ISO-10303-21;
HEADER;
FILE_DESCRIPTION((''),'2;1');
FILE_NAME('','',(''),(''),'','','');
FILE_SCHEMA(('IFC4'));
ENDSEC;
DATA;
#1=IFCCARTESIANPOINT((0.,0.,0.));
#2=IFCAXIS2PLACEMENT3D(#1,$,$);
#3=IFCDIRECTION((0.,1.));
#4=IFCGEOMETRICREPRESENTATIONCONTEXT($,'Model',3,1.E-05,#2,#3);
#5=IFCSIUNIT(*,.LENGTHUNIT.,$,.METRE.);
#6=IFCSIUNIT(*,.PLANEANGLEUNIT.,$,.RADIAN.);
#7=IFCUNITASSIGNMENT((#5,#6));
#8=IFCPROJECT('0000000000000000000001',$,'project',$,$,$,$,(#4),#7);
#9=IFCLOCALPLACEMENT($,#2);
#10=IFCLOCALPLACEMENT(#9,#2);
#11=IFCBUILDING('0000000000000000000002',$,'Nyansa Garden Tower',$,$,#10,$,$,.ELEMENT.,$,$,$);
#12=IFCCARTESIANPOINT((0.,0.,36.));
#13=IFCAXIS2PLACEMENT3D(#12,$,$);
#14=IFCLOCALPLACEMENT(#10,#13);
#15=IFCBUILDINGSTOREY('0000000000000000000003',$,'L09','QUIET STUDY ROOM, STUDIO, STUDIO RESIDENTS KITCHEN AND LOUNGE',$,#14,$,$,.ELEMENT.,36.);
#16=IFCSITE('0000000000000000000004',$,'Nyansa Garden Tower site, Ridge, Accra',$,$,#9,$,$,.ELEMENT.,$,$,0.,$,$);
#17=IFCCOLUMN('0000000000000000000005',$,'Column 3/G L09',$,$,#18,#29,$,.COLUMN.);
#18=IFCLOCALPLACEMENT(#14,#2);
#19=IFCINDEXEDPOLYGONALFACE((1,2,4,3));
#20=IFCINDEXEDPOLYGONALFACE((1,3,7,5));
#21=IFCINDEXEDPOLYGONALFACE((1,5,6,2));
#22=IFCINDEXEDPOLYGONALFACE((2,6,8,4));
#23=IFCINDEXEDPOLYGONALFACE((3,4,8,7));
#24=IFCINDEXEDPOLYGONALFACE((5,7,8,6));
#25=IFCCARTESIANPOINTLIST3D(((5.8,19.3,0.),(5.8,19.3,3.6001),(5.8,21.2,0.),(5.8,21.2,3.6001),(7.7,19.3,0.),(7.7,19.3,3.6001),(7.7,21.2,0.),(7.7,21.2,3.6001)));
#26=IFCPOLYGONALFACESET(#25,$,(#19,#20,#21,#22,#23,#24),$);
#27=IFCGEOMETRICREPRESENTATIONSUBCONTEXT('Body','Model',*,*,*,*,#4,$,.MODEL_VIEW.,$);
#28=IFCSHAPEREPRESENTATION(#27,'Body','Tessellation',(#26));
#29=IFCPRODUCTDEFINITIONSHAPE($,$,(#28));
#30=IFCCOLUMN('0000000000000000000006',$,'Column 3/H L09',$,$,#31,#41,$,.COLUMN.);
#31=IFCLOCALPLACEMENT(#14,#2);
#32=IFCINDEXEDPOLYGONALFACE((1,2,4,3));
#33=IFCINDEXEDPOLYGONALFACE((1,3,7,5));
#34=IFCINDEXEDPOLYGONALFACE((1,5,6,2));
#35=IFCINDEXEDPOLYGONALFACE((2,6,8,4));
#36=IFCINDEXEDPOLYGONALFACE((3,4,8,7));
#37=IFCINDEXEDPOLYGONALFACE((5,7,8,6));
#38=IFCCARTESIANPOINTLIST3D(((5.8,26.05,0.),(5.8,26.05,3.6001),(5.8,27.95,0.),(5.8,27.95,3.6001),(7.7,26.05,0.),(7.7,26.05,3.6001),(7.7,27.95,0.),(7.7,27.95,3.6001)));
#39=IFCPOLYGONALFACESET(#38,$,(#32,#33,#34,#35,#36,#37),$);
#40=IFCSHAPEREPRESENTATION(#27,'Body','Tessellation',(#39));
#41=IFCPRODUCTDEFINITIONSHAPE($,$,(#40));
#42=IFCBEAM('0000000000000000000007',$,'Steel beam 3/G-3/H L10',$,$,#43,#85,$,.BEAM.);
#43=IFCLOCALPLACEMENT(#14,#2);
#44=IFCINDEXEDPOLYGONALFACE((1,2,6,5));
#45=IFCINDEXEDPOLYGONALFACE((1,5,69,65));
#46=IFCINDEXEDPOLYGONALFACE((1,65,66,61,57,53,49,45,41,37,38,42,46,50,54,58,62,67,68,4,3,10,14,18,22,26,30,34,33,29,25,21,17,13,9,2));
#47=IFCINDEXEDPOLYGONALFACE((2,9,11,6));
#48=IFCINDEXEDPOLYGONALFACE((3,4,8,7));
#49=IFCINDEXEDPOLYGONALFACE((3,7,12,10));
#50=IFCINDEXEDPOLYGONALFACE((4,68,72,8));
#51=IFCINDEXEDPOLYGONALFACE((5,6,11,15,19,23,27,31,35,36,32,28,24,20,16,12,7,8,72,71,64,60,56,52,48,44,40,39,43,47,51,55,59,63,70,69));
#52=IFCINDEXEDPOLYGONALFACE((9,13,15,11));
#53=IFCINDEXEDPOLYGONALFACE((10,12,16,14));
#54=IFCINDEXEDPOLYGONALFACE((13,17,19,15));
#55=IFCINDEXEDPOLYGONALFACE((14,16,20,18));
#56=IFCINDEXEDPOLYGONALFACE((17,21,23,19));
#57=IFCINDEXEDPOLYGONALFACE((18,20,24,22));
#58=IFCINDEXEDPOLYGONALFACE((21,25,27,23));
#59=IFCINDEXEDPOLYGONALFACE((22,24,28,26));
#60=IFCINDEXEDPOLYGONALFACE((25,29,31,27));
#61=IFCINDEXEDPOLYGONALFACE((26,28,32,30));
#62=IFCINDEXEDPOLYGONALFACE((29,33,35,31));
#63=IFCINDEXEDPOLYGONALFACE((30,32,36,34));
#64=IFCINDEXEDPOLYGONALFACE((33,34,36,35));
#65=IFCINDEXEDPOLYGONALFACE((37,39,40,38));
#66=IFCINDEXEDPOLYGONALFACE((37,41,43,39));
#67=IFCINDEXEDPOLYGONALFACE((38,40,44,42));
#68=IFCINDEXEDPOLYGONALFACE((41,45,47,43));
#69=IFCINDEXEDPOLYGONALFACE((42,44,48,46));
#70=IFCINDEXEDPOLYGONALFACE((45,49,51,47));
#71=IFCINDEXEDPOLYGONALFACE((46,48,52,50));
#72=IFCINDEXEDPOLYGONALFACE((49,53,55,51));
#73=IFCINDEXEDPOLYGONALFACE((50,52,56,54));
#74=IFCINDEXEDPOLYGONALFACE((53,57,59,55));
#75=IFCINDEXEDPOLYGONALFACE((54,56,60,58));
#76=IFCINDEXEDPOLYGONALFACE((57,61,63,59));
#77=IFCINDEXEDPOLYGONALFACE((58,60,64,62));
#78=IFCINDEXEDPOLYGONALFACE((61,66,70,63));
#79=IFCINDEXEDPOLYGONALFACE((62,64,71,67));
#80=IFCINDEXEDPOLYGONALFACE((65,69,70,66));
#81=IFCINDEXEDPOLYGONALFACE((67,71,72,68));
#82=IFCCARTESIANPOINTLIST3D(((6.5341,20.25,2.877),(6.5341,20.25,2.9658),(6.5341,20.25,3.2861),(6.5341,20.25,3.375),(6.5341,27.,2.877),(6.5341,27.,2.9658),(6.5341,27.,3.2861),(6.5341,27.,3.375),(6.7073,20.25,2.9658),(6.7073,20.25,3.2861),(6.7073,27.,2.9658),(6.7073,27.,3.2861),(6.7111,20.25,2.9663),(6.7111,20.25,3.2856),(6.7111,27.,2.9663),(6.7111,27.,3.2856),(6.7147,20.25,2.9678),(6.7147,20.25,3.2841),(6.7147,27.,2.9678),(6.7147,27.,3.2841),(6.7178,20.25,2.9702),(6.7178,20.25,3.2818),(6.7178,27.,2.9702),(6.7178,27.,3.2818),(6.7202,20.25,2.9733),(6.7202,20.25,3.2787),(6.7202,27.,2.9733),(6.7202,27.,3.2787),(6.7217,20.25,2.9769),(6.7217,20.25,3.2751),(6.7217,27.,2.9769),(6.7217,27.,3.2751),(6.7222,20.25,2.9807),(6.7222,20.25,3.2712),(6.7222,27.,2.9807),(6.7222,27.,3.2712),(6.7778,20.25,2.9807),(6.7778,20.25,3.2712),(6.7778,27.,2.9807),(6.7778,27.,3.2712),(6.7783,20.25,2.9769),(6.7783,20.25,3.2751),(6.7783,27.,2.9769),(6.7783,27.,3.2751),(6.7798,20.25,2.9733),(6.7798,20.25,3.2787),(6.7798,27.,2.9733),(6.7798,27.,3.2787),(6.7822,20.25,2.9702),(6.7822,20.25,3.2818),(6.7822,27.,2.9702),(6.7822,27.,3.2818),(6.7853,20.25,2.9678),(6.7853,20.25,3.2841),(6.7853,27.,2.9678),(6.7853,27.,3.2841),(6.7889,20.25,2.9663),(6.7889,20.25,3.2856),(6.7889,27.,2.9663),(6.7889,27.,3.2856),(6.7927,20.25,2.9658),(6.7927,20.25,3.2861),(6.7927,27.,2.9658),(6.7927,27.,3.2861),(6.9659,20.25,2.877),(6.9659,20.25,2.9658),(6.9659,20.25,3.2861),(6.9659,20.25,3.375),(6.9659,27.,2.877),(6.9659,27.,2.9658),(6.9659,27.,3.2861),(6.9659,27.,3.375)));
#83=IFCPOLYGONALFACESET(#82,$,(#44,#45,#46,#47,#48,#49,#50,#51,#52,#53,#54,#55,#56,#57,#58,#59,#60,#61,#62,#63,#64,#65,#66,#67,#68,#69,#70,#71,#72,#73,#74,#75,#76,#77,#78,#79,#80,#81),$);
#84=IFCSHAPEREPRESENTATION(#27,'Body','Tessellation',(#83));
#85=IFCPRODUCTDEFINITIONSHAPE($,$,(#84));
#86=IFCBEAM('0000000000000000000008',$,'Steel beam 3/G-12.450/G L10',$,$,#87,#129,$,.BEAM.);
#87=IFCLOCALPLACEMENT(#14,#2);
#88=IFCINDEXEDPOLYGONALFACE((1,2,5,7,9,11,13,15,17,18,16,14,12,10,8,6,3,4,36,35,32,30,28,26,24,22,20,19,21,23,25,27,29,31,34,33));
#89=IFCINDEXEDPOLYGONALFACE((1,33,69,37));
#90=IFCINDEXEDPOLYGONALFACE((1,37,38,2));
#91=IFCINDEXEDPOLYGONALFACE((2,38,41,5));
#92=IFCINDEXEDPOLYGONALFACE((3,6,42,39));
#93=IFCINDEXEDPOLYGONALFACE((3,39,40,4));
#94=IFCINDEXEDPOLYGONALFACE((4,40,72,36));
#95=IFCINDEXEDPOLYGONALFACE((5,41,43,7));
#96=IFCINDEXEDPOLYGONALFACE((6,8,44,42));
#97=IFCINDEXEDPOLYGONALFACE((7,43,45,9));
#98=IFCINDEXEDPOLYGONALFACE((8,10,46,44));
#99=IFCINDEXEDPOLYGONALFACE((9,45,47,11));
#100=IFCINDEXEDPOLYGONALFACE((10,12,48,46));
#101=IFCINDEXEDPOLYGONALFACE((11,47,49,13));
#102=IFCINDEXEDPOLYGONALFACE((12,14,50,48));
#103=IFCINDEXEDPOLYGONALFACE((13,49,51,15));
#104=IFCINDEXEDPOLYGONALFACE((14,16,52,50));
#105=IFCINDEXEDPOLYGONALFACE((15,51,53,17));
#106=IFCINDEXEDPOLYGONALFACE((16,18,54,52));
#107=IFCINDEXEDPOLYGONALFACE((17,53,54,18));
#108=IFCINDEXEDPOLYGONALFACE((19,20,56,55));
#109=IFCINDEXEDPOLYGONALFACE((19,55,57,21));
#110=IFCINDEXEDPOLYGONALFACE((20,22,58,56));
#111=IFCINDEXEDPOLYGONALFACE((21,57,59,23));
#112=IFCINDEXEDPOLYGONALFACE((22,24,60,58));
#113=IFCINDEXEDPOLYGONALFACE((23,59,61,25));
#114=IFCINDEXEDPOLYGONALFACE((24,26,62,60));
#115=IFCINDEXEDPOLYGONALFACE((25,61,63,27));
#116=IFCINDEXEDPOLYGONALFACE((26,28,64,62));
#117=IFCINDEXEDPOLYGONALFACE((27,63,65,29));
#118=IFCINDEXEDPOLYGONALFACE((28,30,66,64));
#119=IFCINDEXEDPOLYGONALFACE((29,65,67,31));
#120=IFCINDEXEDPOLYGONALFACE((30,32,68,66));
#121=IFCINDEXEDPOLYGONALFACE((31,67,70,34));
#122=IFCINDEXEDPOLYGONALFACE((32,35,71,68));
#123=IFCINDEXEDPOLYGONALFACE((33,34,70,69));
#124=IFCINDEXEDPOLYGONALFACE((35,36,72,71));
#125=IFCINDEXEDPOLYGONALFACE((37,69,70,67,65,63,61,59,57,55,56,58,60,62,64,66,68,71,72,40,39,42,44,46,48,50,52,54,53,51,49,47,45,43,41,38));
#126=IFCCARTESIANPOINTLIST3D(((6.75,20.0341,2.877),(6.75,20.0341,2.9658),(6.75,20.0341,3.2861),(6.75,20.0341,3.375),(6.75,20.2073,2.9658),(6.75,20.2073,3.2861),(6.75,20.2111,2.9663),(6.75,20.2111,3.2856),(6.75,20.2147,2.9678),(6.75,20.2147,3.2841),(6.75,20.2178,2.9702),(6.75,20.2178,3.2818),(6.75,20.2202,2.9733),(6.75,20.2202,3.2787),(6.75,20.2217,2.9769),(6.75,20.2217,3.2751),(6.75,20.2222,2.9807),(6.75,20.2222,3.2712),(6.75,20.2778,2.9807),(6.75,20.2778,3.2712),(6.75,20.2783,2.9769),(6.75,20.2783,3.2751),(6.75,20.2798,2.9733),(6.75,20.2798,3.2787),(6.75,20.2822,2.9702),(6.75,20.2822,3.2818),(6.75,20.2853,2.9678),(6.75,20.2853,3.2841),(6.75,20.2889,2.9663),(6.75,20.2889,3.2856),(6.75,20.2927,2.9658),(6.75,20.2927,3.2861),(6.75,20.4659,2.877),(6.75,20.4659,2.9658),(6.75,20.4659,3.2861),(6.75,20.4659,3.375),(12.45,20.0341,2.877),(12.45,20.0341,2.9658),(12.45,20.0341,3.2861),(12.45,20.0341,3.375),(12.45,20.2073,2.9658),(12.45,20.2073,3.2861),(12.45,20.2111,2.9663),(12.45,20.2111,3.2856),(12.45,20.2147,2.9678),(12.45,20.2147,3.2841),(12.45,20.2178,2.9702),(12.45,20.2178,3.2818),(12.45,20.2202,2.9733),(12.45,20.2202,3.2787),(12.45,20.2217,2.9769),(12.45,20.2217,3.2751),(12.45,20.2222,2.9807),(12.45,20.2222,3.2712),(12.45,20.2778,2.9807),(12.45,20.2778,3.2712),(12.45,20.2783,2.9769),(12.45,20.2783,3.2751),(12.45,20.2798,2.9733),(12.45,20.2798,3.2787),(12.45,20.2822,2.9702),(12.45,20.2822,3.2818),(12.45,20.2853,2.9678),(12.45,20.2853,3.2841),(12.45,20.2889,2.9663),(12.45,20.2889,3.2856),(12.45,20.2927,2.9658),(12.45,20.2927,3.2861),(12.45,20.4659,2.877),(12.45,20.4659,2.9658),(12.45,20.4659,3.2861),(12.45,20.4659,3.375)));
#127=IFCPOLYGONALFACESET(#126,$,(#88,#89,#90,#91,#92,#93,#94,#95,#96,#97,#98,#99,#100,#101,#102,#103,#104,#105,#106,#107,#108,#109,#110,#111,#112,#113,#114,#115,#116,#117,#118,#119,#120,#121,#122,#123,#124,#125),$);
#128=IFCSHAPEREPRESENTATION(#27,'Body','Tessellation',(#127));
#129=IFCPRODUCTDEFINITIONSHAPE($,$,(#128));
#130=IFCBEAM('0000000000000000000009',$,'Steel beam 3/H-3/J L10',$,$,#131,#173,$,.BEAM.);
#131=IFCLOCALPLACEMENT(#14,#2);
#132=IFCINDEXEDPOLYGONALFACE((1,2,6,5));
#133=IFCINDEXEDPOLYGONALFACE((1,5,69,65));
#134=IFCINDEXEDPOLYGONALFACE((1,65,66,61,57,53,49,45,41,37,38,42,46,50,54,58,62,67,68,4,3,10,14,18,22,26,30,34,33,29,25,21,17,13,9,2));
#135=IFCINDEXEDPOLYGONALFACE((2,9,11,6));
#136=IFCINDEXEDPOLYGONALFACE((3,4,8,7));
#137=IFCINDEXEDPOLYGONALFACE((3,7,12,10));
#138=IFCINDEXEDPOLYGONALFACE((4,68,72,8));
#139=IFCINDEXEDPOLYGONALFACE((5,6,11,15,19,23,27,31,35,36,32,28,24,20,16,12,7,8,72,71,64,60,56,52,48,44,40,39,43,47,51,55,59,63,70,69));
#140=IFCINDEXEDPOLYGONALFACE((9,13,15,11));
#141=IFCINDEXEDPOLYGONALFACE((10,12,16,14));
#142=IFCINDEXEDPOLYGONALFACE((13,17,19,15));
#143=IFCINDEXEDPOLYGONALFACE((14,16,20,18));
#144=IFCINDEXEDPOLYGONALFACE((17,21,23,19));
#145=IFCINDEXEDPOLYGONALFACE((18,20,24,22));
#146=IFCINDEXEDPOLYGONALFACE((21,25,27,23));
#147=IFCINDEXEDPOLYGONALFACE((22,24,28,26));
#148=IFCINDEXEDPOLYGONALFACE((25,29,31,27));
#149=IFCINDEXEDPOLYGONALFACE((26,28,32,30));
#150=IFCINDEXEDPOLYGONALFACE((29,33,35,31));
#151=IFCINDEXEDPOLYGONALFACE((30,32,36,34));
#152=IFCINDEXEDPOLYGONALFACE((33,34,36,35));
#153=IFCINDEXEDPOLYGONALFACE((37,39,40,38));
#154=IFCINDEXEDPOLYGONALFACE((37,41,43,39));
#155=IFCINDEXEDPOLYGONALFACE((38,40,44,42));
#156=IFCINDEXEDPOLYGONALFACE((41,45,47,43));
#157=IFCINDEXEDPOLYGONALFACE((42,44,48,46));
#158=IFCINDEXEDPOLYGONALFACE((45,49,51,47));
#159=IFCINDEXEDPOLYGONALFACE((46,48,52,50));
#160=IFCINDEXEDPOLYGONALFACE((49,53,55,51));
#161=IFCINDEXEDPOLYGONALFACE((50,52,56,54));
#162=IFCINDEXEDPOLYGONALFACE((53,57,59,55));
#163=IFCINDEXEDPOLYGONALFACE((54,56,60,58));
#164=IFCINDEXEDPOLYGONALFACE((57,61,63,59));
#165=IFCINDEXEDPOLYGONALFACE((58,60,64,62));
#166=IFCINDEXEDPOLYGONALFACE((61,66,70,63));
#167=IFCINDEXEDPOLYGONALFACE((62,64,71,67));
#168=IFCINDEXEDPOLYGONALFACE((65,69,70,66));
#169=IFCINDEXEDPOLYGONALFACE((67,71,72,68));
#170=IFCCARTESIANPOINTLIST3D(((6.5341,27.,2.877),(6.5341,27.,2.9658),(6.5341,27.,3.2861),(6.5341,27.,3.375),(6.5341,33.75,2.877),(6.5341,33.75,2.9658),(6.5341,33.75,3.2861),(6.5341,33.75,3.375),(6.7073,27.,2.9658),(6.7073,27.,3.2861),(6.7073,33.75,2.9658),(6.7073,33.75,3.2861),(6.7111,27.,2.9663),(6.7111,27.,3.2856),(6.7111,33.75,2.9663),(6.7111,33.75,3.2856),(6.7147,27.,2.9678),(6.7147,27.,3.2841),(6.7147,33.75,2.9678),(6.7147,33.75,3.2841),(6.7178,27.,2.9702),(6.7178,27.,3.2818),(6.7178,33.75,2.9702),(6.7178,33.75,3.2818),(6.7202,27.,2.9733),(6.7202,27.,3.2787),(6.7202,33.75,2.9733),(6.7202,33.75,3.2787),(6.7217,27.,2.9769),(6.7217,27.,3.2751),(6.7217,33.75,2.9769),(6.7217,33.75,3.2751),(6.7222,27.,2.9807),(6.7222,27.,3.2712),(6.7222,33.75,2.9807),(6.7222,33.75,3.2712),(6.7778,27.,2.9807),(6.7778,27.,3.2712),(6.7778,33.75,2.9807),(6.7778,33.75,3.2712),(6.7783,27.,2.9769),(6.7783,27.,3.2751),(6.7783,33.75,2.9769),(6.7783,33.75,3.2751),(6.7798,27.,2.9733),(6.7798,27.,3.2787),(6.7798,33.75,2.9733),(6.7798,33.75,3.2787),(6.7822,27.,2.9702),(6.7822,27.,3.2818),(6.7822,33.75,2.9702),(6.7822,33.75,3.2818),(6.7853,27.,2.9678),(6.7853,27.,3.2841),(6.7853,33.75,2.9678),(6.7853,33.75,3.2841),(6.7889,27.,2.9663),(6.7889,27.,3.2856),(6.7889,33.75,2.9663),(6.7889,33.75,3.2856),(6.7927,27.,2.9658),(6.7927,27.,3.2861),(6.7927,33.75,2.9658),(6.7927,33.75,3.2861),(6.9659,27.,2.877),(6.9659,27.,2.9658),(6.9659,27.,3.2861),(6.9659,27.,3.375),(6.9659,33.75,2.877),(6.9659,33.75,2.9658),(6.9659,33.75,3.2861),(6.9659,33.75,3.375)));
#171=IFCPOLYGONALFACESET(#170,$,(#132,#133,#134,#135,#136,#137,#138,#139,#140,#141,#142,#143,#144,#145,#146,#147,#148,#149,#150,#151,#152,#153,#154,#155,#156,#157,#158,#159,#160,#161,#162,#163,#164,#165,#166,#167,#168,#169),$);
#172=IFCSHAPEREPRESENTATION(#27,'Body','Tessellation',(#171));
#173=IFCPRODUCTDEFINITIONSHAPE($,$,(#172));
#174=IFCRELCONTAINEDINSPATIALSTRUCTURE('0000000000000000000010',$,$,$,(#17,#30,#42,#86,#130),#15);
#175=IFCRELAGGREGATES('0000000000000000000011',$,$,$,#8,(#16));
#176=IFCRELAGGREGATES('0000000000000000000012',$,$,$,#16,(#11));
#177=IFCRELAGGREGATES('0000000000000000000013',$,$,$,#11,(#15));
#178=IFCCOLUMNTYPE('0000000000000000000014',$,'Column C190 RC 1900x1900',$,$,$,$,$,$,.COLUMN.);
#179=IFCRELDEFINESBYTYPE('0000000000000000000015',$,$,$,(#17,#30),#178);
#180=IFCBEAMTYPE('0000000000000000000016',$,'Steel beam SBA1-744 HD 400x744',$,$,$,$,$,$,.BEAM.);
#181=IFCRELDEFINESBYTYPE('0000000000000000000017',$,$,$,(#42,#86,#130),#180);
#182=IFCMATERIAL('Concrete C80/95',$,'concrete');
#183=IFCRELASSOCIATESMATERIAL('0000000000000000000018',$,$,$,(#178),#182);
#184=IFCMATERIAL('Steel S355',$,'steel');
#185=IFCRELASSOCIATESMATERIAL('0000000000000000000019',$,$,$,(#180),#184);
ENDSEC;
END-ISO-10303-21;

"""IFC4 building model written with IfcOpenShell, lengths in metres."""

from ifc_helpers import new_model, si_unit, direction, frame, origin, origin_2d, place, context, subcontext, project, spatial, rectangle, i_section, extrude, material, material_profile, profile_set, type_object, element, save


model = new_model("IFC4")

# Units and contexts
model_context = context("Model", 3, precision=1e-05, world=origin(), true_north=direction((0.0, 1.0)))
body_context = subcontext(model_context, "Body", "Model", "MODEL_VIEW")
ifc_project = project(units=[si_unit("LENGTHUNIT", "METRE"), si_unit("PLANEANGLEUNIT", "RADIAN")], contexts=[model_context])

# Site, building, storey
site_placement = place(None, origin())
site = spatial("IfcSite", under=ifc_project, at=site_placement, Name="Nyansa Garden Tower site, Ridge, Accra", CompositionType="ELEMENT", RefElevation=0.0)
building_placement = place(site_placement, origin())
building = spatial("IfcBuilding", under=site, at=building_placement, Name="Nyansa Garden Tower", CompositionType="ELEMENT")
storey_placement = place(building_placement, frame((0.0, 0.0, 36.0)))
storey = spatial("IfcBuildingStorey", under=building, at=storey_placement, Name="L09", Description="QUIET STUDY ROOM, STUDIO, STUDIO RESIDENTS KITCHEN AND LOUNGE", CompositionType="ELEMENT", Elevation=36.0)

# Columns
ifc_material_1 = material(Name="Concrete C80/95", Category="concrete")
ifc_material_profile_1 = material_profile(ifc_material_1, rectangle(XDim=1.8999, YDim=1.8999, at=origin_2d()), Name="RC 1900x1900")
ifc_profile_set_1 = profile_set([ifc_material_profile_1], Name="Concrete C80/95")
column_type = type_object("IfcColumnType", Name="Column C190 RC 1900x1900", PredefinedType="COLUMN", material=ifc_profile_set_1)
for number, where, z_axis, x_axis, name in (
    (1, (6.75, 20.25, 0.0), (0.0, 0.0, 1.0), (1.0, 0.0, 0.0), "Column 3/G L09"),
    (2, (6.75, 27.0, 0.0), (0.0, 0.0, 1.0), (1.0, 0.0, 0.0), "Column 3/H L09"),
):
    element("IfcColumn", number, at=place(storey_placement, frame(where, z_axis=z_axis, x_axis=x_axis)), inside=storey, type_object=column_type, Name=name, PredefinedType="COLUMN", context=body_context, shape_type="SweptSolid", body=[
        extrude(rectangle(XDim=1.8999, YDim=1.8999, at=origin_2d()), origin(), (0.0, 0.0, 1.0), 3.6001),
    ])

# Beams
ifc_material_2 = material(Name="Steel S355", Category="steel")
ifc_material_profile_2 = material_profile(ifc_material_2, i_section(OverallWidth=0.4319, OverallDepth=0.498, WebThickness=0.0557, FlangeThickness=0.0889, FilletRadius=0.0149, at=origin_2d()), Name="HD 400x744")
ifc_profile_set_2 = profile_set([ifc_material_profile_2], Name="Steel S355")
beam_type_1 = type_object("IfcBeamType", Name="Steel beam SBA1-744 HD 400x744", PredefinedType="BEAM", material=ifc_profile_set_2)
beam_1_placement = place(storey_placement, frame((6.75, 20.25, 3.126), z_axis=(0.0, 1.0, 0.0), x_axis=(-1.0, 0.0, 0.0)))
element("IfcBeam", 3, at=beam_1_placement, inside=storey, type_object=beam_type_1, Name="Steel beam 3/G-3/H L10", PredefinedType="BEAM", context=body_context, shape_type="SweptSolid", body=[
    extrude(i_section(OverallWidth=0.4319, OverallDepth=0.498, WebThickness=0.0557, FlangeThickness=0.0889, FilletRadius=0.0149, at=origin_2d()), origin(), (0.0, 0.0, 1.0), 6.75),
])
beam_2_placement = place(storey_placement, frame((6.75, 20.25, 3.126), z_axis=(1.0, 0.0, 0.0), x_axis=(0.0, 1.0, 0.0)))
element("IfcBeam", 4, at=beam_2_placement, inside=storey, type_object=beam_type_1, Name="Steel beam 3/G-12.450/G L10", PredefinedType="BEAM", context=body_context, shape_type="SweptSolid", body=[
    extrude(i_section(OverallWidth=0.4319, OverallDepth=0.498, WebThickness=0.0557, FlangeThickness=0.0889, FilletRadius=0.0149, at=origin_2d()), origin(), (0.0, 0.0, 1.0), 5.7),
])
beam_3_placement = place(storey_placement, frame((6.75, 27.0, 3.126), z_axis=(0.0, 1.0, 0.0), x_axis=(-1.0, 0.0, 0.0)))
element("IfcBeam", 5, at=beam_3_placement, inside=storey, type_object=beam_type_1, Name="Steel beam 3/H-3/J L10", PredefinedType="BEAM", context=body_context, shape_type="SweptSolid", body=[
    extrude(i_section(OverallWidth=0.4319, OverallDepth=0.498, WebThickness=0.0557, FlangeThickness=0.0889, FilletRadius=0.0149, at=origin_2d()), origin(), (0.0, 0.0, 1.0), 6.75),
])

save(model, "model.ifc")
